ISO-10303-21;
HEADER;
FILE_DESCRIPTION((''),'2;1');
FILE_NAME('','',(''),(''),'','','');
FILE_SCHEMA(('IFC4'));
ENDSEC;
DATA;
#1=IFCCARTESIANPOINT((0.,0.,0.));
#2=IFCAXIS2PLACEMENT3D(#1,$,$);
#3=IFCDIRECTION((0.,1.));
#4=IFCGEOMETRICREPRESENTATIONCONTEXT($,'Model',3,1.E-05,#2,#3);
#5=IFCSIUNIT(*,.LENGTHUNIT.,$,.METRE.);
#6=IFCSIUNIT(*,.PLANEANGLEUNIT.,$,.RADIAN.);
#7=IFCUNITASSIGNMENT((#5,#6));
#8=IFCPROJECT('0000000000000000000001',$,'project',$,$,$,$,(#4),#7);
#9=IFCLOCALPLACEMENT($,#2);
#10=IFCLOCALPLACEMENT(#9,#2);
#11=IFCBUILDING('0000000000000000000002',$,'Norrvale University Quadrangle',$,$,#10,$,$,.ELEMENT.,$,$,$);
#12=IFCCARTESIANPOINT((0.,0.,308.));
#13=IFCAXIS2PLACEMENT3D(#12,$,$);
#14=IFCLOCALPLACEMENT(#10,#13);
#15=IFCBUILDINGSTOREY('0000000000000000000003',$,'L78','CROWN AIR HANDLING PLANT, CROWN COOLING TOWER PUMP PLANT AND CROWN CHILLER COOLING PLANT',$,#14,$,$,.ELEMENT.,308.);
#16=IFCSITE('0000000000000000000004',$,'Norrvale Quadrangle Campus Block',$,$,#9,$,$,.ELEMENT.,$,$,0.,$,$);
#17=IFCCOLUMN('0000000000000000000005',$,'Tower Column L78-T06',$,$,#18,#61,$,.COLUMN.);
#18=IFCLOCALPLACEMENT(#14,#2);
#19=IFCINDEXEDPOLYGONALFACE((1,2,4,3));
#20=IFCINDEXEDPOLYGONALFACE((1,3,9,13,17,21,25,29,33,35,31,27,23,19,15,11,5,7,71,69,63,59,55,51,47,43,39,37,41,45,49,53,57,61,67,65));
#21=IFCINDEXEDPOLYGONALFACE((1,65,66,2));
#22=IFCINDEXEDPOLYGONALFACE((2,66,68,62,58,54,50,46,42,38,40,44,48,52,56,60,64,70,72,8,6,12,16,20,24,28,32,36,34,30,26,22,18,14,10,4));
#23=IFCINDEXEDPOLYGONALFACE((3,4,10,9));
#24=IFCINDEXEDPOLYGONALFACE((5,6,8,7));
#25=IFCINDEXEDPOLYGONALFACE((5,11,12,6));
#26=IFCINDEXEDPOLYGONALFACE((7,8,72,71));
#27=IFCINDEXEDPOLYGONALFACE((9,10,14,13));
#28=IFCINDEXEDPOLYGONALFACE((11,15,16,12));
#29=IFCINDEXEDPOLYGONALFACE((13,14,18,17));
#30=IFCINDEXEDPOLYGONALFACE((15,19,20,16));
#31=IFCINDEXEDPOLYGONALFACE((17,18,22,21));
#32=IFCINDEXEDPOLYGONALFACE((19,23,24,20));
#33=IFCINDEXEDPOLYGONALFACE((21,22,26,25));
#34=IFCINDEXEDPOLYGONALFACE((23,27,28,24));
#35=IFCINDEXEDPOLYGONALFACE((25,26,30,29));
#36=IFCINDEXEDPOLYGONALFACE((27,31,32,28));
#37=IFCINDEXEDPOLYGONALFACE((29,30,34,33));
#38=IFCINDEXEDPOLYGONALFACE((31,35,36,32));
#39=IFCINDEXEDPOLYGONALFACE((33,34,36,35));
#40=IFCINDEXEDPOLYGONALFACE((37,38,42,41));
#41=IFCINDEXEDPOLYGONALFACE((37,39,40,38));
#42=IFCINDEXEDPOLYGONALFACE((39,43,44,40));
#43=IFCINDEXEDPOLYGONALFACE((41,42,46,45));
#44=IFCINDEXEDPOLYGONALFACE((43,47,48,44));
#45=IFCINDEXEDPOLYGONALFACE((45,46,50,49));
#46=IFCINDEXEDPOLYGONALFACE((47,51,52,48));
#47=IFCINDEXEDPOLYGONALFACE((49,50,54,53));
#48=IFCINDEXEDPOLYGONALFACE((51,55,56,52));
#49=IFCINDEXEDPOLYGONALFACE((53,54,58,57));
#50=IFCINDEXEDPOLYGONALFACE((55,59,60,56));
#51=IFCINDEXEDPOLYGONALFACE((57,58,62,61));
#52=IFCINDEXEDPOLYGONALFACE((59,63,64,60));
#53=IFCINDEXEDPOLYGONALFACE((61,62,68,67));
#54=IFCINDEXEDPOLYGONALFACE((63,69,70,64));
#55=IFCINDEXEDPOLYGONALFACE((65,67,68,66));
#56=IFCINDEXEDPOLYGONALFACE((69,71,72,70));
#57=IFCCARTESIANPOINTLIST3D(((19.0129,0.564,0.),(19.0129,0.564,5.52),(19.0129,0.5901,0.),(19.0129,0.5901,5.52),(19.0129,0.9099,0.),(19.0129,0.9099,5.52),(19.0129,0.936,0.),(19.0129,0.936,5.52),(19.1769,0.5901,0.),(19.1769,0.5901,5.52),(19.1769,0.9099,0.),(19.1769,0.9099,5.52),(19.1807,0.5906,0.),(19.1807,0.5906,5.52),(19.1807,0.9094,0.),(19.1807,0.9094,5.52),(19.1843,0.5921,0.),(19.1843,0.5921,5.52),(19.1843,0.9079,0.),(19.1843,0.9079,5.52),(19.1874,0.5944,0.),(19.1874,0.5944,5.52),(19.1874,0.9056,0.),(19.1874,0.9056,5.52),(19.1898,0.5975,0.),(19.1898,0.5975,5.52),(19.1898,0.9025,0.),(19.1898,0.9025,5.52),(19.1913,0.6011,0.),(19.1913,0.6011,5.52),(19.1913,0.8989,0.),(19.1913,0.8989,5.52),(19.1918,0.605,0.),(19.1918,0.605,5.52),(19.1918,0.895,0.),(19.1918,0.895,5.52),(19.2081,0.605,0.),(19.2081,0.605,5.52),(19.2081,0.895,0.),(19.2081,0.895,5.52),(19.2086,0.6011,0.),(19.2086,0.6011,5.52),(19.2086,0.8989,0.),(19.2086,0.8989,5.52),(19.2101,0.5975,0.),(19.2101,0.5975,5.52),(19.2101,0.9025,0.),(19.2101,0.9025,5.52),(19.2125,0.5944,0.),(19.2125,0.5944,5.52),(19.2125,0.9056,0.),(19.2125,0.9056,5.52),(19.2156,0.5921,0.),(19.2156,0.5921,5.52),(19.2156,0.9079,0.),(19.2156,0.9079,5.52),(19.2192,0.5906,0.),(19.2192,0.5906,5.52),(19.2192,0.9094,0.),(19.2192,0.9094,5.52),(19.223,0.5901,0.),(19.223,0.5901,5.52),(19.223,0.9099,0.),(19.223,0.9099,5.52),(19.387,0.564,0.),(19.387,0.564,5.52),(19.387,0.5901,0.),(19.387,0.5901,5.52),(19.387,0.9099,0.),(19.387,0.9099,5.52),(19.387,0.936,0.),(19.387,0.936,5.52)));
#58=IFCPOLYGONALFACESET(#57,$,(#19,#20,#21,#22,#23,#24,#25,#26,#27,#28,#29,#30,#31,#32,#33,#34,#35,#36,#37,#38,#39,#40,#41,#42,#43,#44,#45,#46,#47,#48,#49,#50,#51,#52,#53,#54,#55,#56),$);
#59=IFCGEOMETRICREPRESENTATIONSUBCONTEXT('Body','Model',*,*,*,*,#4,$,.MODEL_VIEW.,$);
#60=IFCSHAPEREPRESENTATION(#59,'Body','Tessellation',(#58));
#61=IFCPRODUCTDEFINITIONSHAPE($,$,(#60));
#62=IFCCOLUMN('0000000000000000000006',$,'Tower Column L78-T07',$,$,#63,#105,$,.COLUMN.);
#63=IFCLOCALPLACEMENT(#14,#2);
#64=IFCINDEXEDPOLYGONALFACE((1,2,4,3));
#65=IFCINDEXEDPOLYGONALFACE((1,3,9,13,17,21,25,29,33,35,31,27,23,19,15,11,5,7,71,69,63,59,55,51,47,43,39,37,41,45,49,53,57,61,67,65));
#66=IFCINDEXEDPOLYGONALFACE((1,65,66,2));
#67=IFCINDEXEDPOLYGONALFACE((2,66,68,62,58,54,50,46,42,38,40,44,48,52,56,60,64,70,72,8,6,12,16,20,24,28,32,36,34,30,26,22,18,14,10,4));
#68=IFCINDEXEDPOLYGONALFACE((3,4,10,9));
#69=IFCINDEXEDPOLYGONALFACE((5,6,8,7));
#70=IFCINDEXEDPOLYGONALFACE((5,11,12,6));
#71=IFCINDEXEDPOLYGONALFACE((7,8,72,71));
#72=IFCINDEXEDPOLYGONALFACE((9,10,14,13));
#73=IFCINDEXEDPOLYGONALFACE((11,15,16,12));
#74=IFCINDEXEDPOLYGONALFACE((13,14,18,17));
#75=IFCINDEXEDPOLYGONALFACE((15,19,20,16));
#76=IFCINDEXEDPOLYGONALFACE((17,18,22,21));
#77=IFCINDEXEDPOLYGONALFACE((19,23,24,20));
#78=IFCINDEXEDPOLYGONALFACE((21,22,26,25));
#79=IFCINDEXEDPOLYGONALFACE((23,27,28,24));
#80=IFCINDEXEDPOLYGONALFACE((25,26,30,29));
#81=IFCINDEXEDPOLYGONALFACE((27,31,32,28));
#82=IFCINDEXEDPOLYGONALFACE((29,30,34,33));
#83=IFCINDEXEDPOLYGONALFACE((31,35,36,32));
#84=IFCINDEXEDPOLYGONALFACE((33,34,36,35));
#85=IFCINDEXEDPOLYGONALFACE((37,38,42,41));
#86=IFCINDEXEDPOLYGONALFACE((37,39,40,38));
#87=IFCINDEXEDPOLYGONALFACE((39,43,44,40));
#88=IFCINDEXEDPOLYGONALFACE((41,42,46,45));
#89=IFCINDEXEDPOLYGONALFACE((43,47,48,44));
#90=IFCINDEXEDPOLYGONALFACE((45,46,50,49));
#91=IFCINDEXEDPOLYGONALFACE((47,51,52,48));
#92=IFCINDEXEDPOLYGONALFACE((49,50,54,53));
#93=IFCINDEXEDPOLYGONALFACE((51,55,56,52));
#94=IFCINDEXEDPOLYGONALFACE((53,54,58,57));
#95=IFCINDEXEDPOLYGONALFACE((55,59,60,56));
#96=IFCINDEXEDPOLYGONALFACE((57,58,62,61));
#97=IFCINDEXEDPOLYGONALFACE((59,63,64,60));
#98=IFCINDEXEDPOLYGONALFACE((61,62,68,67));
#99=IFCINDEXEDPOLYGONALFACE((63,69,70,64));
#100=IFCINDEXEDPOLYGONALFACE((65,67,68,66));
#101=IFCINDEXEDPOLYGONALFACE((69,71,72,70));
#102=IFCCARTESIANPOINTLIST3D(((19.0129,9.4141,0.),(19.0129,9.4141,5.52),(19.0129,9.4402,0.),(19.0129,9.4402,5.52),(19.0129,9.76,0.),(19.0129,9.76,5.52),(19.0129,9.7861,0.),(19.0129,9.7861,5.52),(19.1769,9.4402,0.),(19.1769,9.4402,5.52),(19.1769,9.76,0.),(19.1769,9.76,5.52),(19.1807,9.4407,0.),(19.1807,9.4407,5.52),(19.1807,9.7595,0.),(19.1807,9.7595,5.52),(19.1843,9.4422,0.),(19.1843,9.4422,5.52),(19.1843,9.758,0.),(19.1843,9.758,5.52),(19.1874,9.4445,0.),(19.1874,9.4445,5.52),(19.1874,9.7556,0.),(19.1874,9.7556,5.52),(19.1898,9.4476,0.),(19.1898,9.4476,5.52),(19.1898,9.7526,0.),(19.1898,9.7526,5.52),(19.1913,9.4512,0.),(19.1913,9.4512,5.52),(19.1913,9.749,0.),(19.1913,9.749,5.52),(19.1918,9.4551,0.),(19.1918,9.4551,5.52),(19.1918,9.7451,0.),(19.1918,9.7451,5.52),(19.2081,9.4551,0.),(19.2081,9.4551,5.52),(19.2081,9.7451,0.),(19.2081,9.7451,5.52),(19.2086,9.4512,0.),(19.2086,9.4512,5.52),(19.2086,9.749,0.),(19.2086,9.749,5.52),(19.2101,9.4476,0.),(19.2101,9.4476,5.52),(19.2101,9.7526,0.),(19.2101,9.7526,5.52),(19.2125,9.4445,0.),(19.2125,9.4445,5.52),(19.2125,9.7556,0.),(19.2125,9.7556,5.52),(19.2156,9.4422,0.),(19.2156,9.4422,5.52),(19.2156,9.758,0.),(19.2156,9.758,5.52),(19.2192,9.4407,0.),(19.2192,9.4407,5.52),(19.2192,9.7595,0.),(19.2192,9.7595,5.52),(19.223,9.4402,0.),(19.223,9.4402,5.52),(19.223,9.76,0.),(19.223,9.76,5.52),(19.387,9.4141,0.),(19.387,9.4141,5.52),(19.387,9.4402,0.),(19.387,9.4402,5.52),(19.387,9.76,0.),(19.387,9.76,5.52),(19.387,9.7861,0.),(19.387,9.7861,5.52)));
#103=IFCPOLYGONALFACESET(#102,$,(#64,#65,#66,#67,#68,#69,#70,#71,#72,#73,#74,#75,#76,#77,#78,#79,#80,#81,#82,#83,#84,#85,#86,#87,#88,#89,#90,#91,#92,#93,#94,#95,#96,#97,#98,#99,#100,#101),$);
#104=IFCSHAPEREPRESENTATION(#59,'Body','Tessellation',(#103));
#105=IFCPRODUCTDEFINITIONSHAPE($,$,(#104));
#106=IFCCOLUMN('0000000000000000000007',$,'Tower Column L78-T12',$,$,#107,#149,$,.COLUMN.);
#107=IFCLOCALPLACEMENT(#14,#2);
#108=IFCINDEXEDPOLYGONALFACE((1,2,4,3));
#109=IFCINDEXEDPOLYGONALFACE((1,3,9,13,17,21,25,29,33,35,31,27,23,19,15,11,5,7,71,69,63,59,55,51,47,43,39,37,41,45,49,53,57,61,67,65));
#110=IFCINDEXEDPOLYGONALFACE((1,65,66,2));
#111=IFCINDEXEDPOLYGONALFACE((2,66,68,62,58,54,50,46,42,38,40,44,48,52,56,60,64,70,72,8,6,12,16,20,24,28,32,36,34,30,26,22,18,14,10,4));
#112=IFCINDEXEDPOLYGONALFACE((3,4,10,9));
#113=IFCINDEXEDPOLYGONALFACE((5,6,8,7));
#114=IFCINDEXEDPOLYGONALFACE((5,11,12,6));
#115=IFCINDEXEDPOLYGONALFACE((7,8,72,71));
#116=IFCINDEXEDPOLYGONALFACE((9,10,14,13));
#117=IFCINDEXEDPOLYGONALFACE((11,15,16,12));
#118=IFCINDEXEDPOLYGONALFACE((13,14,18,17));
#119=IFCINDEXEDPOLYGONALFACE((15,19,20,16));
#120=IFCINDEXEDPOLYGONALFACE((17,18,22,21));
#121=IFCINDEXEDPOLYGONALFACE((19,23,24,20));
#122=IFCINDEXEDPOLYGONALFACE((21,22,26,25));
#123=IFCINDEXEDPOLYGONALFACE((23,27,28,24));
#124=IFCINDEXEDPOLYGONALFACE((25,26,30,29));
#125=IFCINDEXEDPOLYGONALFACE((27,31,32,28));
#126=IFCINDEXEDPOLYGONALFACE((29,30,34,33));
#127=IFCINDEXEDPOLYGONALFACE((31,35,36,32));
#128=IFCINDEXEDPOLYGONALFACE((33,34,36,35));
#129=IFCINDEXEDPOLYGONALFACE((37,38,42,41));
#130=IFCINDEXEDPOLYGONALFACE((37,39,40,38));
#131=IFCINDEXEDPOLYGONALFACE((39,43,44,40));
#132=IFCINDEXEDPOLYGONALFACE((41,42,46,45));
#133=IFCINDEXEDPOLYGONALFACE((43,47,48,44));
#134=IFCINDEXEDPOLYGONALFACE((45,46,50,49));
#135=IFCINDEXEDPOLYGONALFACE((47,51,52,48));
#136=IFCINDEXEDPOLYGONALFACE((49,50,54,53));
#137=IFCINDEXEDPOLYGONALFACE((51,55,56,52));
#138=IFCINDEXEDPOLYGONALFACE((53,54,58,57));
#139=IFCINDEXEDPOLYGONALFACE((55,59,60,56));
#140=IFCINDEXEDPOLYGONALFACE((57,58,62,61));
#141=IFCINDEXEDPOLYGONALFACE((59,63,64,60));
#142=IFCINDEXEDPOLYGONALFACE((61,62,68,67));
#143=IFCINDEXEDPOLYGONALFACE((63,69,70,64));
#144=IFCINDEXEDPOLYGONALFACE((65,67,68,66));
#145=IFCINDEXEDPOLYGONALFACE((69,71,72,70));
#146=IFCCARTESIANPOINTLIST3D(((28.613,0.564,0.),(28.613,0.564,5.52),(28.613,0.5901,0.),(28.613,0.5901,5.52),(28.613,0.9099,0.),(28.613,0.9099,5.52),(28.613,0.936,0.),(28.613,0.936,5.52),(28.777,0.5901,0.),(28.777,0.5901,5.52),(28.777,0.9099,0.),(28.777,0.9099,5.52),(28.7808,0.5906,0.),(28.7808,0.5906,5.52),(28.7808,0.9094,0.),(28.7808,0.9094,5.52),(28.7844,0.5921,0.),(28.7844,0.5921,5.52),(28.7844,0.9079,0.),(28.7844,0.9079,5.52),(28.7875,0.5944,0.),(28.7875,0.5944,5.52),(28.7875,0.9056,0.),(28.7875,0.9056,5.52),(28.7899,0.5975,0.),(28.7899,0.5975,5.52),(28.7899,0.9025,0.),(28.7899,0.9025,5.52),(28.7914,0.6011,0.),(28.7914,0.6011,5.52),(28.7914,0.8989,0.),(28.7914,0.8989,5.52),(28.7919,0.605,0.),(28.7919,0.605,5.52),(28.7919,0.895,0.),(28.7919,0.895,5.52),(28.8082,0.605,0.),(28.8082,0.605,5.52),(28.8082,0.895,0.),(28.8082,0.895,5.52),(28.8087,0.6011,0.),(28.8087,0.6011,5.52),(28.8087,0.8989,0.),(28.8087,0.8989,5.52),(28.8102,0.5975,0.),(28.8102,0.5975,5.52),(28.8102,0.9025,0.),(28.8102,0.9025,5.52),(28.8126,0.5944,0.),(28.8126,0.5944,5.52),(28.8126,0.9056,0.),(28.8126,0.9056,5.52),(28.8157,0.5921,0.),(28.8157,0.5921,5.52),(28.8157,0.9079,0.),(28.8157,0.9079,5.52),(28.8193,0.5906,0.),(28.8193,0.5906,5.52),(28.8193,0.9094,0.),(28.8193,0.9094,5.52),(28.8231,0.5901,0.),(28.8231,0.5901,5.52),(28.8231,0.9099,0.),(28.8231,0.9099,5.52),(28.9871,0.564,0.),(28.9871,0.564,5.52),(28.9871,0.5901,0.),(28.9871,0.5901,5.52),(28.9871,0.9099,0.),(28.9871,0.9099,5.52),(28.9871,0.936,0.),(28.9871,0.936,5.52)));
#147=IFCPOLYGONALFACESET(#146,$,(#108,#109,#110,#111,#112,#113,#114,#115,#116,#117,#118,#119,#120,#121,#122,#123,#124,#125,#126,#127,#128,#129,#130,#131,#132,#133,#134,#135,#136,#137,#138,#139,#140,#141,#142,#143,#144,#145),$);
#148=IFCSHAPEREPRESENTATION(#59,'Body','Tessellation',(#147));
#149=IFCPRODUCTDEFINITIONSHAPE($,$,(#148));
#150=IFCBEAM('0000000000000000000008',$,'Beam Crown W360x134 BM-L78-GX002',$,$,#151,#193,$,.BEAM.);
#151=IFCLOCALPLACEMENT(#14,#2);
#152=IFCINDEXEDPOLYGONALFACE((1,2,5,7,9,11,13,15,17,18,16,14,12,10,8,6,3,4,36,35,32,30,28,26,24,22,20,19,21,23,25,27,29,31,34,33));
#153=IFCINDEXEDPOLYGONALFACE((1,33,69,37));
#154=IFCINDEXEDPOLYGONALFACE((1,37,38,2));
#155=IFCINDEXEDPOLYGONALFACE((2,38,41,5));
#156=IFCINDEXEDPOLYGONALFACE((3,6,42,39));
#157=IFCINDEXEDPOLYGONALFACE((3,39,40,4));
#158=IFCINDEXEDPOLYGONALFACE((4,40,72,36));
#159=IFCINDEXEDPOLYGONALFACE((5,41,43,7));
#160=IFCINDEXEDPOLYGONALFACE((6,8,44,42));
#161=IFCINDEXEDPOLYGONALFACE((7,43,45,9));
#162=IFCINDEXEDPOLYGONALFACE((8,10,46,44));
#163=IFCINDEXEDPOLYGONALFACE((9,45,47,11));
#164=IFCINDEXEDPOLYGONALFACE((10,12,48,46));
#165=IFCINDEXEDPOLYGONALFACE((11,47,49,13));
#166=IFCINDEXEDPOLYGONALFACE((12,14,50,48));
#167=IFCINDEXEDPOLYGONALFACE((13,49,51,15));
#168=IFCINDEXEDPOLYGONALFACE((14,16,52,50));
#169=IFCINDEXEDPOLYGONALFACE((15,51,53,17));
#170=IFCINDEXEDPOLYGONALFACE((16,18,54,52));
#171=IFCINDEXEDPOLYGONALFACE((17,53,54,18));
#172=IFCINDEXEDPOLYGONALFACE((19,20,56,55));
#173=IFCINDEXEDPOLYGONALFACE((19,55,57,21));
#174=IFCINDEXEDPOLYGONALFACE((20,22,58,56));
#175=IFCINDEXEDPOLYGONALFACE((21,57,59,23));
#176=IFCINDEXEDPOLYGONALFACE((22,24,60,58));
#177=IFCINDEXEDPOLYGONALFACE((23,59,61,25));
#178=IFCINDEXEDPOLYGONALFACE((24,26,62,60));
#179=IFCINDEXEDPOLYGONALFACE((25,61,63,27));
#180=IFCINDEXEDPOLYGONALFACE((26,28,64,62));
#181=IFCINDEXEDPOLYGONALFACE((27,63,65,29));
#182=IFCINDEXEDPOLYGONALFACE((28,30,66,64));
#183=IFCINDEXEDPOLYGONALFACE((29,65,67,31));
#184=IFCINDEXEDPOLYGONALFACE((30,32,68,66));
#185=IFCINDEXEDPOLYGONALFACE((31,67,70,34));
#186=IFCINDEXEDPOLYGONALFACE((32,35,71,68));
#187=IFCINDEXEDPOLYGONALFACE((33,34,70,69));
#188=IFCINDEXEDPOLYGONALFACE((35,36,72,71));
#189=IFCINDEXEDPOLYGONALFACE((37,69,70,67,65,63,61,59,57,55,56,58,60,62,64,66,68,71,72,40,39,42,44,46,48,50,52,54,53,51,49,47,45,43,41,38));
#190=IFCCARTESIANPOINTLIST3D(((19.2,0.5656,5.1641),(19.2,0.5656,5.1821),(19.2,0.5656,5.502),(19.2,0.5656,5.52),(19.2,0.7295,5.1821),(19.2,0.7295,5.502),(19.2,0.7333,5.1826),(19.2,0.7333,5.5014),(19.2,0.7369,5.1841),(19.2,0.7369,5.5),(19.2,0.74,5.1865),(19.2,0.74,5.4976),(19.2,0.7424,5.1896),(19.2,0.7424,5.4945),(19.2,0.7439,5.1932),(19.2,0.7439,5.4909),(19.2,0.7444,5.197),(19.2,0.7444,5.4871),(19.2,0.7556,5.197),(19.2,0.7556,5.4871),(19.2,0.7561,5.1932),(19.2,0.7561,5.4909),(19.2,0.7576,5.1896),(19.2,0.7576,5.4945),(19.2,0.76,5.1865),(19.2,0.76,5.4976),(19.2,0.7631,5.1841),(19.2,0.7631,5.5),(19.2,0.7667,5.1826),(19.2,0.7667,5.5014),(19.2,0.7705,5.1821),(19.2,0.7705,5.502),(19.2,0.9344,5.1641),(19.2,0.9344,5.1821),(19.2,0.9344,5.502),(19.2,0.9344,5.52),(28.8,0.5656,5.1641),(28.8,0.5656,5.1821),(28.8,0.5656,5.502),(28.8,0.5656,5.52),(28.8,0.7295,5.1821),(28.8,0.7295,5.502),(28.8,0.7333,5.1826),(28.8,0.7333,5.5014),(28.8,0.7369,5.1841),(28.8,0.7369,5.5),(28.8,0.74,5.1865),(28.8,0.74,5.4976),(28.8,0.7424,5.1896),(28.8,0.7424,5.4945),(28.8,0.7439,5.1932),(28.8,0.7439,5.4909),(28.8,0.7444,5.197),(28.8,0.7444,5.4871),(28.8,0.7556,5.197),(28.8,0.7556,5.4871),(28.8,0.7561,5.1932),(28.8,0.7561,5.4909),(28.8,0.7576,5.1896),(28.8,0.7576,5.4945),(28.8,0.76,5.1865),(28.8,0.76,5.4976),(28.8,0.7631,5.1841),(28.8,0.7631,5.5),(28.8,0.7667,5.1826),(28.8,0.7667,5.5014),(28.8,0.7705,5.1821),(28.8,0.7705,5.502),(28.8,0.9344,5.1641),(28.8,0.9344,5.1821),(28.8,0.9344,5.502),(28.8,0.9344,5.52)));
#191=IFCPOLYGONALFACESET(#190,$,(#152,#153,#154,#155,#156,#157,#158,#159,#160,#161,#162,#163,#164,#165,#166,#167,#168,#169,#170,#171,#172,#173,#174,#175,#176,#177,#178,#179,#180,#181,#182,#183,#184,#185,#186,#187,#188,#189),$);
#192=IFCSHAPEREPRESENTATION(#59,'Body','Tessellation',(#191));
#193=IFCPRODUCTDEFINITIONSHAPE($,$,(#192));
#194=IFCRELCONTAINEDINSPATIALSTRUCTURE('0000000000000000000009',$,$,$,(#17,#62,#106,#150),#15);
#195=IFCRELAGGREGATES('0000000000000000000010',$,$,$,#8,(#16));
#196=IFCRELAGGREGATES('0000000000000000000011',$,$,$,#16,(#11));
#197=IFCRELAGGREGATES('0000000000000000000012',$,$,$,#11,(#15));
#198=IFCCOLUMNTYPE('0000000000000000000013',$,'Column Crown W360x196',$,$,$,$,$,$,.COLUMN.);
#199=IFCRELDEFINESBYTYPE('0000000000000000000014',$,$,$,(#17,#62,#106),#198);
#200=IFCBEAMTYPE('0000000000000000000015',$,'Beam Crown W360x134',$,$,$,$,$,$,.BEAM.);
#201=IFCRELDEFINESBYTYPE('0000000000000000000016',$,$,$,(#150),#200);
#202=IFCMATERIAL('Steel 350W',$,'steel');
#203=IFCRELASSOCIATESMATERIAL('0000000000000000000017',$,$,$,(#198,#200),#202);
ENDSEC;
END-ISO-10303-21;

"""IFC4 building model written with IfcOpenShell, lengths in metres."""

from ifc_helpers import new_model, si_unit, direction, frame, origin, origin_2d, place, context, subcontext, project, spatial, i_section, extrude, material, material_profile, profile_set, type_object, element, save


model = new_model("IFC4")

# Units and contexts
model_context = context("Model", 3, precision=1e-05, world=origin(), true_north=direction((0.0, 1.0)))
body_context = subcontext(model_context, "Body", "Model", "MODEL_VIEW")
ifc_project = project(units=[si_unit("LENGTHUNIT", "METRE"), si_unit("PLANEANGLEUNIT", "RADIAN")], contexts=[model_context])

# Site, building, storey
site_placement = place(None, origin())
site = spatial("IfcSite", under=ifc_project, at=site_placement, Name="Norrvale Quadrangle Campus Block", CompositionType="ELEMENT", RefElevation=0.0)
building_placement = place(site_placement, origin())
building = spatial("IfcBuilding", under=site, at=building_placement, Name="Norrvale University Quadrangle", CompositionType="ELEMENT")
storey_placement = place(building_placement, frame((0.0, 0.0, 308.0)))
storey = spatial("IfcBuildingStorey", under=building, at=storey_placement, Name="L78", Description="CROWN AIR HANDLING PLANT, CROWN COOLING TOWER PUMP PLANT AND CROWN CHILLER COOLING PLANT", CompositionType="ELEMENT", Elevation=308.0)

# Columns
ifc_material_1 = material(Name="Steel 350W", Category="steel")
ifc_material_profile_1 = material_profile(ifc_material_1, i_section(OverallWidth=0.374, OverallDepth=0.3721, WebThickness=0.0164, FlangeThickness=0.0261, FilletRadius=0.0149, at=origin_2d()), Name="Steel 350W")
ifc_profile_set_1 = profile_set([ifc_material_profile_1], Name="Steel 350W")
column_type = type_object("IfcColumnType", Name="Column Crown W360x196", PredefinedType="COLUMN", material=ifc_profile_set_1)
for number, where, z_axis, x_axis, name in (
    (1, (19.2, 0.75, 0.0), (0.0, 0.0, 1.0), (1.0, 0.0, 0.0), "Tower Column L78-T06"),
    (2, (19.2, 9.6001, 0.0), (0.0, 0.0, 1.0), (1.0, 0.0, 0.0), "Tower Column L78-T07"),
    (3, (28.8, 0.75, 0.0), (0.0, 0.0, 1.0), (1.0, 0.0, 0.0), "Tower Column L78-T12"),
):
    element("IfcColumn", number, at=place(storey_placement, frame(where, z_axis=z_axis, x_axis=x_axis)), inside=storey, type_object=column_type, Name=name, PredefinedType="COLUMN", context=body_context, shape_type="SweptSolid", body=[
        extrude(i_section(OverallWidth=0.374, OverallDepth=0.3721, WebThickness=0.0164, FlangeThickness=0.0261, FilletRadius=0.0149, at=origin_2d()), origin(), (0.0, 0.0, 1.0), 5.52),
    ])

# Beam
ifc_material_profile_2 = material_profile(ifc_material_1, i_section(OverallWidth=0.3689, OverallDepth=0.356, WebThickness=0.0112, FlangeThickness=0.0181, FilletRadius=0.0149, at=origin_2d()), Name="Steel 350W")
ifc_profile_set_2 = profile_set([ifc_material_profile_2], Name="Steel 350W")
beam_type_1 = type_object("IfcBeamType", Name="Beam Crown W360x134", PredefinedType="BEAM", material=ifc_profile_set_2)
beam_1_placement = place(storey_placement, frame((19.2, 0.75, 5.342), z_axis=(1.0, 0.0, 0.0), x_axis=(0.0, 1.0, 0.0)))
element("IfcBeam", 4, at=beam_1_placement, inside=storey, type_object=beam_type_1, Name="Beam Crown W360x134 BM-L78-GX002", PredefinedType="BEAM", context=body_context, shape_type="SweptSolid", body=[
    extrude(i_section(OverallWidth=0.3689, OverallDepth=0.356, WebThickness=0.0112, FlangeThickness=0.0181, FilletRadius=0.0149, at=origin_2d()), origin(), (0.0, 0.0, 1.0), 9.6001),
])

save(model, "model.ifc")
